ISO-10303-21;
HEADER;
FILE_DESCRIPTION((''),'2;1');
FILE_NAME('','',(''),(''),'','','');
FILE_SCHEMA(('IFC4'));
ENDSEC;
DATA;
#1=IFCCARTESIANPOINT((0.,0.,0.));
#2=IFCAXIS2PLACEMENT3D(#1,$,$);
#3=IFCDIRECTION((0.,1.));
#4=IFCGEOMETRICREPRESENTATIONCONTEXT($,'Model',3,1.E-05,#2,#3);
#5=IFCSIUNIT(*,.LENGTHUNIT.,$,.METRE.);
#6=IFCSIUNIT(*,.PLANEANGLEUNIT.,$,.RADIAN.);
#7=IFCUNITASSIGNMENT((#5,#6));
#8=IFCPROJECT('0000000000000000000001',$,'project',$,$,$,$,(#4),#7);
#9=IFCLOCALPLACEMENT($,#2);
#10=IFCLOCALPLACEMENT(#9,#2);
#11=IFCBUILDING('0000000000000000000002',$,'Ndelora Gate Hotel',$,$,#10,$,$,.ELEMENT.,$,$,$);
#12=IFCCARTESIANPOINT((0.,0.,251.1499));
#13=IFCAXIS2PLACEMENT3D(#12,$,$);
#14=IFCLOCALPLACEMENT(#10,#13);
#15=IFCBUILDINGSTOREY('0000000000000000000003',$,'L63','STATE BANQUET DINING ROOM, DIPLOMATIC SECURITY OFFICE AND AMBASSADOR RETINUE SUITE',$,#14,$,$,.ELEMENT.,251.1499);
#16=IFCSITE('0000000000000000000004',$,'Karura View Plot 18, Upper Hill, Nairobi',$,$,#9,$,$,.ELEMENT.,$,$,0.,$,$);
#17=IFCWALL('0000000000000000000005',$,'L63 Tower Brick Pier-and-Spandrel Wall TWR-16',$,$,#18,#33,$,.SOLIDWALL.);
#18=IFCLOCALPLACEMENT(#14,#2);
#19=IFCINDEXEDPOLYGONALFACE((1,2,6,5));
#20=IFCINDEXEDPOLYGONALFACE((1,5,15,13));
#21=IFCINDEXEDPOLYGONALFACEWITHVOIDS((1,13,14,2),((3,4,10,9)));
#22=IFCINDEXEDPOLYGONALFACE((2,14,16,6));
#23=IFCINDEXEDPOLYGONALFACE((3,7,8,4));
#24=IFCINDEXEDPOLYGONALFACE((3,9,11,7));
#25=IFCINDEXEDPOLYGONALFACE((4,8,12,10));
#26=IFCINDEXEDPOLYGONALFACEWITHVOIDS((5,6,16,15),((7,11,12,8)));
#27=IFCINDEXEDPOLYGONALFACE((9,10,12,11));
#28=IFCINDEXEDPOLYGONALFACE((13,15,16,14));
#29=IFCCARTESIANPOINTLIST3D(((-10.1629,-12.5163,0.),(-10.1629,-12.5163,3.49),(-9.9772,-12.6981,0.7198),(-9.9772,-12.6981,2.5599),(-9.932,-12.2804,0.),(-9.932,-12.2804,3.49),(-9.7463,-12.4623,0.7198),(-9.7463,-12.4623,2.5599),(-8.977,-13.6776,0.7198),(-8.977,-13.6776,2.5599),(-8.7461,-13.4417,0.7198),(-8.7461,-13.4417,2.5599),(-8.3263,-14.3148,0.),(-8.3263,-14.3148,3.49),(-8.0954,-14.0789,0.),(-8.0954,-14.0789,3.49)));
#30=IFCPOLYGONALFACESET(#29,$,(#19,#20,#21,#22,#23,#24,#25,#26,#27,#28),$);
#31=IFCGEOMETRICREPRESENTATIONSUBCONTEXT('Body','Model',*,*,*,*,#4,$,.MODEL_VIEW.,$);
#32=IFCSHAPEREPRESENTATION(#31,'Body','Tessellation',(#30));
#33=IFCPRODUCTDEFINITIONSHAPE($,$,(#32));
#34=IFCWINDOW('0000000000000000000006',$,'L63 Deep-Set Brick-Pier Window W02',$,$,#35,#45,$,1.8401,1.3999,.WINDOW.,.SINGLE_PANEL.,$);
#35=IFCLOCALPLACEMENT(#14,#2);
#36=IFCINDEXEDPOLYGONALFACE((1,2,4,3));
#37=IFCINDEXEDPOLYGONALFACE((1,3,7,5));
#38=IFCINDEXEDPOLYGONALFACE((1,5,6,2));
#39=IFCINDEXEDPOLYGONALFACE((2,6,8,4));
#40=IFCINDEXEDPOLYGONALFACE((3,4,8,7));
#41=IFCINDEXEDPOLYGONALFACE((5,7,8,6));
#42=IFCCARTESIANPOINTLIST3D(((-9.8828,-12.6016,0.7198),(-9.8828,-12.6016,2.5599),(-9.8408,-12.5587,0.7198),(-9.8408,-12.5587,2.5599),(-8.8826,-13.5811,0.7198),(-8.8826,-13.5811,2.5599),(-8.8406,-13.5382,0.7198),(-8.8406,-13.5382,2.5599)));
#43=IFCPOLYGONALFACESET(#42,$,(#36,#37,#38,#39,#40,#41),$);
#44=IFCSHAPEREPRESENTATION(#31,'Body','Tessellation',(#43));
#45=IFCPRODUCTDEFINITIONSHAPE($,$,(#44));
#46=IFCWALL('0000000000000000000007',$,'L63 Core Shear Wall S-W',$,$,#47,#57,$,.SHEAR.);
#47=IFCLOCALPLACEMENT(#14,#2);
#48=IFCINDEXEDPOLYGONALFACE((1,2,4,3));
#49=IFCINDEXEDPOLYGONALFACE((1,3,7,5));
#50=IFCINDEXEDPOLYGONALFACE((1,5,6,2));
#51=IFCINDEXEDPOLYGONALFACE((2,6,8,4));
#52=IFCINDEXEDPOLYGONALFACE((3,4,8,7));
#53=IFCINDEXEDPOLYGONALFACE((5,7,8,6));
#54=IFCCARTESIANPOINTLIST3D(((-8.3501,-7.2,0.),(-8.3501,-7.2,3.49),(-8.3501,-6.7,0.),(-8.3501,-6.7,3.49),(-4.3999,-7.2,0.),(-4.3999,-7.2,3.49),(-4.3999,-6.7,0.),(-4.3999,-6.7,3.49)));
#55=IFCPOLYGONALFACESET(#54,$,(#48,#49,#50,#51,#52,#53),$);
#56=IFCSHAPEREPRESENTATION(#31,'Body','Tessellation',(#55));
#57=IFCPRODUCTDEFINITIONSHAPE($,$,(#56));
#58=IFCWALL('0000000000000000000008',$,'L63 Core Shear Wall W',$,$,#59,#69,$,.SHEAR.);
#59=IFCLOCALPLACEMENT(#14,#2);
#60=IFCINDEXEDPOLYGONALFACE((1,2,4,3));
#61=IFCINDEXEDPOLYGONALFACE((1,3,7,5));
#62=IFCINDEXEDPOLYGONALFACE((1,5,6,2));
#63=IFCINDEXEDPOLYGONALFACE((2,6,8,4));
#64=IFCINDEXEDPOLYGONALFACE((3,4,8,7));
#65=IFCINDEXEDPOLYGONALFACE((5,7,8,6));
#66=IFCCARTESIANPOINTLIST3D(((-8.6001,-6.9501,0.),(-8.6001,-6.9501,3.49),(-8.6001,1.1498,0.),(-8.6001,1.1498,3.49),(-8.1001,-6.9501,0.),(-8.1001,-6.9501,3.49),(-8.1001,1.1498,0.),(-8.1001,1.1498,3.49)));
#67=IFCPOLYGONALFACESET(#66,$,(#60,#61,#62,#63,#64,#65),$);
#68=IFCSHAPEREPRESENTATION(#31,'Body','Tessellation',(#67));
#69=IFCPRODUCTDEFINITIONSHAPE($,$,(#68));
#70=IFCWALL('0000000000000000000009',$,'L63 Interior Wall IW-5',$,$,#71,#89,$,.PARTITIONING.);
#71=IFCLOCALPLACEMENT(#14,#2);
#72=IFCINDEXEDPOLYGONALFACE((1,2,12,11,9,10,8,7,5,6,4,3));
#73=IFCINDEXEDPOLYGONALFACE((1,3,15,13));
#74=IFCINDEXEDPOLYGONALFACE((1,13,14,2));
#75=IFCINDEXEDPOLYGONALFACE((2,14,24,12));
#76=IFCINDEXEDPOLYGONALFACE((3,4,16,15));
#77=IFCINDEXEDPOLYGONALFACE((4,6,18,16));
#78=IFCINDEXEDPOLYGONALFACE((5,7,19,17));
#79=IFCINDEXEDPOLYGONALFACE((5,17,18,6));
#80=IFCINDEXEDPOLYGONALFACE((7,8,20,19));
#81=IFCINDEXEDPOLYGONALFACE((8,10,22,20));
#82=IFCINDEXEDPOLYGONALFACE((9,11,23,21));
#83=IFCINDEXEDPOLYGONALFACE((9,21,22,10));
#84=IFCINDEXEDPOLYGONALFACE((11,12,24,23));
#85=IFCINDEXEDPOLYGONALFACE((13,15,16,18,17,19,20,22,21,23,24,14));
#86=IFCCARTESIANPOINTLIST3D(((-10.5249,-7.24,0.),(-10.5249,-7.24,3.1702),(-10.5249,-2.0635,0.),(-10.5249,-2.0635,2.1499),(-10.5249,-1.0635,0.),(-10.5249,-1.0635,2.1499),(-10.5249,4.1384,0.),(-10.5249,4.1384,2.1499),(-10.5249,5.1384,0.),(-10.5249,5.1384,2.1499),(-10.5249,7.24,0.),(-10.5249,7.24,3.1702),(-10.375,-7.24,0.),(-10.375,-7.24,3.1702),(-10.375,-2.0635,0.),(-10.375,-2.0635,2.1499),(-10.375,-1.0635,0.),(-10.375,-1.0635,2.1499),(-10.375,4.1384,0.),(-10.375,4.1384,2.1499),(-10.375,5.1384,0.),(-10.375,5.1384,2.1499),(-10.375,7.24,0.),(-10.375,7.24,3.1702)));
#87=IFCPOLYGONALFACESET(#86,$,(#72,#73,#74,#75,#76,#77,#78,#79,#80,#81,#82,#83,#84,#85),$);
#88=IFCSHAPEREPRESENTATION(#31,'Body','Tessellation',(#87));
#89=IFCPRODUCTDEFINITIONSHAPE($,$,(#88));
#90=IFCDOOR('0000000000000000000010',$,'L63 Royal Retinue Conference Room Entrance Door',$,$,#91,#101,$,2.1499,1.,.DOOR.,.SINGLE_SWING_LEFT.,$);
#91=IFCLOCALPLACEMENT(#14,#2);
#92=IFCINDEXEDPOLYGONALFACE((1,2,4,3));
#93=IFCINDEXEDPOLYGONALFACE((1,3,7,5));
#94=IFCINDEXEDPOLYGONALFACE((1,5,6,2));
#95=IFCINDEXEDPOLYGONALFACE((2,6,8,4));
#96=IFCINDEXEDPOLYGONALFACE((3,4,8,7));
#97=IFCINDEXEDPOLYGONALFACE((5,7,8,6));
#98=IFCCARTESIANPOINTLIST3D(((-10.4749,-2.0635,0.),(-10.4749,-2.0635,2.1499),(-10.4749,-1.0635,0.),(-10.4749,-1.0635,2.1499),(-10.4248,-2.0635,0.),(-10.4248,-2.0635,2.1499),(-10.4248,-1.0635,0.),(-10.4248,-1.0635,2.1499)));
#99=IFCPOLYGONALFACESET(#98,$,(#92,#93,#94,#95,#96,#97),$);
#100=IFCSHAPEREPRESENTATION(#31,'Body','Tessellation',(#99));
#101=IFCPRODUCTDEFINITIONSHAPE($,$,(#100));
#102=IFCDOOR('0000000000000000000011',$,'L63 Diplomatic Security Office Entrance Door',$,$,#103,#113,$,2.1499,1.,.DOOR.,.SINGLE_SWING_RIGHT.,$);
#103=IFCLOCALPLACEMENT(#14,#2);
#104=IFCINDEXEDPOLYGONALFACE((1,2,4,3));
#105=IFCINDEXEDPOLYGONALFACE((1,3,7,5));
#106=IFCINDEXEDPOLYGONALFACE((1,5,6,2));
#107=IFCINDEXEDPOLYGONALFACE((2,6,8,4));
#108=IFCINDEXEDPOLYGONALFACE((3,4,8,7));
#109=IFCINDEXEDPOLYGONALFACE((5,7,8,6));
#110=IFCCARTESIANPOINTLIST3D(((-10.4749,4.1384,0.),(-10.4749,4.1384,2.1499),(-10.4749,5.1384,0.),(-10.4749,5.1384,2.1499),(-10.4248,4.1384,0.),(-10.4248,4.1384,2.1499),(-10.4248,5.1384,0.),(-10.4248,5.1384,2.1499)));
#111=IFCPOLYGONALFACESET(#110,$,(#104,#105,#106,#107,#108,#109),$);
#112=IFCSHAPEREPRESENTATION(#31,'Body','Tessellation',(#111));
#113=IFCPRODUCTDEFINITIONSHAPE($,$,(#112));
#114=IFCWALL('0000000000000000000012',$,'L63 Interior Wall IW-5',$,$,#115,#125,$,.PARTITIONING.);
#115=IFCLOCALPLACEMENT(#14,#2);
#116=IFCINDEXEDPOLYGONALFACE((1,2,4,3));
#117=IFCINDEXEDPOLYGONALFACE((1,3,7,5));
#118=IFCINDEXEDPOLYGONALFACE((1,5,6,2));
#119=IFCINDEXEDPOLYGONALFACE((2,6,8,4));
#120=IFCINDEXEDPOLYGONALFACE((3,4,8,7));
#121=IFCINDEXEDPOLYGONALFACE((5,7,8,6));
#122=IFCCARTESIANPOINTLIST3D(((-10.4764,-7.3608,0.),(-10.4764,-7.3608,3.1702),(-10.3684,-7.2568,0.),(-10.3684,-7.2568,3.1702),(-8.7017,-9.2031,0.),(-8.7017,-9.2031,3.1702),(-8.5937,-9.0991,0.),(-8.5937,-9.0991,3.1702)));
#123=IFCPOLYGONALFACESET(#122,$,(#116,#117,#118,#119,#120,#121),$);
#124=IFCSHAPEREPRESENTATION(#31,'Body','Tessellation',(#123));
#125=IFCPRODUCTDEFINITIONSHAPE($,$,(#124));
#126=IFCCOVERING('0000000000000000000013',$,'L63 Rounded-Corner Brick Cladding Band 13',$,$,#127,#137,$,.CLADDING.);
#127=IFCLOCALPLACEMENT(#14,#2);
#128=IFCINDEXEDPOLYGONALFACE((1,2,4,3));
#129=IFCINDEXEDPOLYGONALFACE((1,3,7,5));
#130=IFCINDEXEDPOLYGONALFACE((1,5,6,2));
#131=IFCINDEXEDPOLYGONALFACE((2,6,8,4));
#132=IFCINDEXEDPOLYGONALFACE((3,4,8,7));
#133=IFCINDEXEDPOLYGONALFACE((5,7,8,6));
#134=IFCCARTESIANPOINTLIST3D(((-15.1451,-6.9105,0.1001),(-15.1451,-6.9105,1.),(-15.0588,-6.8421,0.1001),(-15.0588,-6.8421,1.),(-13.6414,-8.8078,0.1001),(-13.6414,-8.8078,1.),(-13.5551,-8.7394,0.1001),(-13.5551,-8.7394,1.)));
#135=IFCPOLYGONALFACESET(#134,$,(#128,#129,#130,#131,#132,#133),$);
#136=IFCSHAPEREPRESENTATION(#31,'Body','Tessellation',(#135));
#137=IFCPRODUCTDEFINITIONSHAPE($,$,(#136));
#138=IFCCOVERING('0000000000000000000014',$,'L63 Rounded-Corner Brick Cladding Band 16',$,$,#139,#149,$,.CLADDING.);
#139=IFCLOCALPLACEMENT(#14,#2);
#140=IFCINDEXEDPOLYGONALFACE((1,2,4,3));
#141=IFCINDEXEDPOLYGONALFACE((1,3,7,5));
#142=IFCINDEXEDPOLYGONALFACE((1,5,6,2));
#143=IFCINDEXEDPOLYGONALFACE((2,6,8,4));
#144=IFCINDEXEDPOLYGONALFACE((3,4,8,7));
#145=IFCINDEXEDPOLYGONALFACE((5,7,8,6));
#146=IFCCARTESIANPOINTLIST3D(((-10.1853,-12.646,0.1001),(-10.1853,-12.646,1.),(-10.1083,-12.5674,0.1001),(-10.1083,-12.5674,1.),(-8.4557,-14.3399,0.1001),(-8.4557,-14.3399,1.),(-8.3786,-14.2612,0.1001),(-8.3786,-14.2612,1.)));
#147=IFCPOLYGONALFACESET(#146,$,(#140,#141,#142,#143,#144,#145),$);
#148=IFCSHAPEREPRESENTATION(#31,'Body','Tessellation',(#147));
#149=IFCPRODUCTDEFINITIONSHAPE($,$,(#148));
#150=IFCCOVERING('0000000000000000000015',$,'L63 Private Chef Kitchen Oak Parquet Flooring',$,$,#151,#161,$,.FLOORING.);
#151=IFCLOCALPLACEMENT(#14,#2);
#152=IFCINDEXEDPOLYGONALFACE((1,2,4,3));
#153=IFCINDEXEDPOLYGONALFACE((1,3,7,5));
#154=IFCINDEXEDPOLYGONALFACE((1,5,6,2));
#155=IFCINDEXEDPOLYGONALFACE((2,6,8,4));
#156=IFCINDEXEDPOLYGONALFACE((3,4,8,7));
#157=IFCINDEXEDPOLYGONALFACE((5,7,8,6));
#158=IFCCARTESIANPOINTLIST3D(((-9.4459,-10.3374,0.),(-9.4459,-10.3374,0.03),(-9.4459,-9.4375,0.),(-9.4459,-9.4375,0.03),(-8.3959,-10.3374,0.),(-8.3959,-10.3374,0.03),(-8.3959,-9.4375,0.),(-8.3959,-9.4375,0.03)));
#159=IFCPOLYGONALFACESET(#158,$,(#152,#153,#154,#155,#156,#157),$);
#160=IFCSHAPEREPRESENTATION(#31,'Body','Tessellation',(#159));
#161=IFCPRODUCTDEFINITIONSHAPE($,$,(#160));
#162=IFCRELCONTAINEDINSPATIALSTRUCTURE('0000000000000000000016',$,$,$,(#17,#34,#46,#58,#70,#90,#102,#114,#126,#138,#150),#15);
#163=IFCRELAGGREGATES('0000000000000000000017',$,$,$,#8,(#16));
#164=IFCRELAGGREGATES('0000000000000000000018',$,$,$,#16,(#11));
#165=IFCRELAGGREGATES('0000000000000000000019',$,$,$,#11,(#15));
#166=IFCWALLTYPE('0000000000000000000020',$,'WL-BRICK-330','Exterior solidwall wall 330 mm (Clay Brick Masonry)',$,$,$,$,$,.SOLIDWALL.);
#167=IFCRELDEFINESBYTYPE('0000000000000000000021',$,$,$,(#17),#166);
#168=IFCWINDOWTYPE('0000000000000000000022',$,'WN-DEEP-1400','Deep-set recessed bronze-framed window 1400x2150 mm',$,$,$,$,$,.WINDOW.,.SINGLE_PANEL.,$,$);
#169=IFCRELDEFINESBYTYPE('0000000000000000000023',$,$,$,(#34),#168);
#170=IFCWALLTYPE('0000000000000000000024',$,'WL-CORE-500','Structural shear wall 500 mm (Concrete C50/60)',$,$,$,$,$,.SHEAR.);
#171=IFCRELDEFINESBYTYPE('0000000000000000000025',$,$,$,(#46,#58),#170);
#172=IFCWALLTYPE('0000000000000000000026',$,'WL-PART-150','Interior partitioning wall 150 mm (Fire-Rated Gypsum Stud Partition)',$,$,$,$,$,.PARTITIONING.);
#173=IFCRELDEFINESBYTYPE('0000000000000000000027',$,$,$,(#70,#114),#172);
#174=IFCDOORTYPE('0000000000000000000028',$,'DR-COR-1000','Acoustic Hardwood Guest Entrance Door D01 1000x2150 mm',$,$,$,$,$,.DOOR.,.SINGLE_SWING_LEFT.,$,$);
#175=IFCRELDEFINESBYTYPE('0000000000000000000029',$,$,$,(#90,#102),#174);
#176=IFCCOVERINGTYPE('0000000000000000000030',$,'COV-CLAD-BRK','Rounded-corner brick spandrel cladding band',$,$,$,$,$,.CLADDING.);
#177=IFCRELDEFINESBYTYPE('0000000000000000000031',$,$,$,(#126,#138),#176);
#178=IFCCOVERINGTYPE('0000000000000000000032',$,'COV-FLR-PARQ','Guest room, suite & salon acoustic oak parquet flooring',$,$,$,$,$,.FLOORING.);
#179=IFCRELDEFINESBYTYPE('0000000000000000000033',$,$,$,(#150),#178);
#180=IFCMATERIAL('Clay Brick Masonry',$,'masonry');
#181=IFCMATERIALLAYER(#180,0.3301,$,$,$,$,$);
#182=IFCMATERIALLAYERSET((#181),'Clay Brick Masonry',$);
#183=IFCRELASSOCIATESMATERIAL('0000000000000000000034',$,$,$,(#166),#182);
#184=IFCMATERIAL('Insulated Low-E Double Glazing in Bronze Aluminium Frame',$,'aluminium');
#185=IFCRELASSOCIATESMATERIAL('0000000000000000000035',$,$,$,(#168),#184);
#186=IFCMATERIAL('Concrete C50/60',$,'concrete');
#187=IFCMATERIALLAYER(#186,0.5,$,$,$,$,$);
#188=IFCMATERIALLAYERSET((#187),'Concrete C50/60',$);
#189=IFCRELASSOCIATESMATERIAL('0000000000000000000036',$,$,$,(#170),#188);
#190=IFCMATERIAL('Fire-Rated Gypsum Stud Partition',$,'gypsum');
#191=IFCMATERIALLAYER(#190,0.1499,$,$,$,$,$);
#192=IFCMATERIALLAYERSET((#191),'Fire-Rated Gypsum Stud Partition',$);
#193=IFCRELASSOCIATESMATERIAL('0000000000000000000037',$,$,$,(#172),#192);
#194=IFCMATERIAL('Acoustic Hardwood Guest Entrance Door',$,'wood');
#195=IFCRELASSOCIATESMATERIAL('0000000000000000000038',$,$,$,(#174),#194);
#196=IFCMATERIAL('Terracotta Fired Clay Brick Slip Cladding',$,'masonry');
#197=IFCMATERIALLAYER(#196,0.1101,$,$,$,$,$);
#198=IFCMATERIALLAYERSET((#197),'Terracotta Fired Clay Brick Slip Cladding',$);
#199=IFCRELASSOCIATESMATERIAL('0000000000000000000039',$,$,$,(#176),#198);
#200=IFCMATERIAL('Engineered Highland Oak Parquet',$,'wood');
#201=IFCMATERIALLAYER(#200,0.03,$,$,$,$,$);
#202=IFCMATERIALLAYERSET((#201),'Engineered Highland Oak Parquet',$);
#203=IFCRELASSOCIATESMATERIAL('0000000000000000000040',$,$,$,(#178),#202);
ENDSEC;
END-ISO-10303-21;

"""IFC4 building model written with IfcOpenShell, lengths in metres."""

from ifc_helpers import new_model, si_unit, direction, frame, frame_2d, origin, origin_2d, place, context, subcontext, project, spatial, rectangle, extrude, material, layer, layer_set, type_object, element, fill, save


model = new_model("IFC4")

# Units and contexts
model_context = context("Model", 3, precision=1e-05, world=origin(), true_north=direction((0.0, 1.0)))
body_context = subcontext(model_context, "Body", "Model", "MODEL_VIEW")
ifc_project = project(units=[si_unit("LENGTHUNIT", "METRE"), si_unit("PLANEANGLEUNIT", "RADIAN")], contexts=[model_context])

# Site, building, storey
site_placement = place(None, origin())
site = spatial("IfcSite", under=ifc_project, at=site_placement, Name="Karura View Plot 18, Upper Hill, Nairobi", CompositionType="ELEMENT", RefElevation=0.0)
building_placement = place(site_placement, origin())
building = spatial("IfcBuilding", under=site, at=building_placement, Name="Ndelora Gate Hotel", CompositionType="ELEMENT")
storey_placement = place(building_placement, frame((0.0, 0.0, 251.1499)))
storey = spatial("IfcBuildingStorey", under=building, at=storey_placement, Name="L63", Description="STATE BANQUET DINING ROOM, DIPLOMATIC SECURITY OFFICE AND AMBASSADOR RETINUE SUITE", CompositionType="ELEMENT", Elevation=251.1499)

# Shared definitions
ifc_material_1 = material(Name="Concrete C50/60", Category="concrete")

# Shared definitions
ifc_material_2 = material(Name="Clay Brick Masonry", Category="masonry")
ifc_layer_1 = layer(ifc_material_2, 0.3301)
ifc_layer_set_1 = layer_set([ifc_layer_1], Name="Clay Brick Masonry")
wall_type_1 = type_object("IfcWallType", Name="WL-BRICK-330", Description="Exterior solidwall wall 330 mm (Clay Brick Masonry)", PredefinedType="SOLIDWALL", material=ifc_layer_set_1)
ifc_material_3 = material(Name="Insulated Low-E Double Glazing in Bronze Aluminium Frame", Category="aluminium")
window_type = type_object("IfcWindowType", Name="WN-DEEP-1400", Description="Deep-set recessed bronze-framed window 1400x2150 mm", PartitioningType="SINGLE_PANEL", PredefinedType="WINDOW", material=ifc_material_3)

# Wall, opening, window
wall_1_placement = place(storey_placement, frame((-8.2109, -14.1968, 0.0), z_axis=(0.0, 0.0, 1.0), x_axis=(-0.714476, 0.69966, 0.0)))
wall_1 = element("IfcWall", 1, at=wall_1_placement, inside=storey, type_object=wall_type_1, Name="L63 Tower Brick Pier-and-Spandrel Wall TWR-16", PredefinedType="SOLIDWALL", context=body_context, shape_type="SweptSolid", body=[
    extrude(rectangle(XDim=2.5706, YDim=0.3301, at=frame_2d((1.2852, 0.0))), origin(), (0.0, 0.0, 1.0), 3.49),
])
opening_1_placement = place(wall_1_placement, frame((0.9106, 0.0, 0.72)))
opening_1 = element("IfcOpeningElement", 2, at=opening_1_placement, cuts=wall_1, PredefinedType="OPENING", context=body_context, shape_type="SweptSolid", body=[
    extrude(rectangle(XDim=1.3999, YDim=1.8401, at=frame_2d((0.7, 0.9199))), frame((0.0, 0.175, 0.0), z_axis=(0.0, -1.0, 0.0), x_axis=(1.0, 0.0, 0.0)), (0.0, 0.0, 1.0), 0.3501),
])
window_1_placement = place(opening_1_placement, origin())
window_1 = element("IfcWindow", 3, at=window_1_placement, inside=storey, type_object=window_type, Name="L63 Deep-Set Brick-Pier Window W02", OverallHeight=1.8401, OverallWidth=1.3999, PartitioningType="SINGLE_PANEL", PredefinedType="WINDOW", context=body_context, shape_type="SweptSolid", body=[
    extrude(rectangle(XDim=1.3999, YDim=1.8401, at=frame_2d((0.7, 0.9199))), frame((0.0, 0.03, 0.0), z_axis=(0.0, -1.0, 0.0), x_axis=(1.0, 0.0, 0.0)), (0.0, 0.0, 1.0), 0.0601),
])
fill(opening_1, window_1)

# Walls
ifc_layer_2 = layer(ifc_material_1, 0.5)
ifc_layer_set_2 = layer_set([ifc_layer_2], Name="Concrete C50/60")
wall_type_2 = type_object("IfcWallType", Name="WL-CORE-500", Description="Structural shear wall 500 mm (Concrete C50/60)", PredefinedType="SHEAR", material=ifc_layer_set_2)
wall_2_placement = place(storey_placement, frame((-8.3501, -6.95, 0.0), z_axis=(0.0, 0.0, 1.0), x_axis=(1.0, 0.0, 0.0)))
element("IfcWall", 4, at=wall_2_placement, inside=storey, type_object=wall_type_2, Name="L63 Core Shear Wall S-W", PredefinedType="SHEAR", context=body_context, shape_type="SweptSolid", body=[
    extrude(rectangle(XDim=3.9502, YDim=0.5, at=frame_2d((1.9751, 0.0))), origin(), (0.0, 0.0, 1.0), 3.49),
])
wall_3_placement = place(storey_placement, frame((-8.3501, -6.95, 0.0), z_axis=(0.0, 0.0, 1.0), x_axis=(0.0, 1.0, 0.0)))
element("IfcWall", 5, at=wall_3_placement, inside=storey, type_object=wall_type_2, Name="L63 Core Shear Wall W", PredefinedType="SHEAR", context=body_context, shape_type="SweptSolid", body=[
    extrude(rectangle(XDim=8.0999, YDim=0.5, at=frame_2d((4.0498, 0.0))), origin(), (0.0, 0.0, 1.0), 3.49),
])

# Wall, openings, doors
ifc_material_4 = material(Name="Fire-Rated Gypsum Stud Partition", Category="gypsum")
ifc_layer_3 = layer(ifc_material_4, 0.1499)
ifc_layer_set_3 = layer_set([ifc_layer_3], Name="Fire-Rated Gypsum Stud Partition")
wall_type_3 = type_object("IfcWallType", Name="WL-PART-150", Description="Interior partitioning wall 150 mm (Fire-Rated Gypsum Stud Partition)", PredefinedType="PARTITIONING", material=ifc_layer_set_3)
wall_4_placement = place(storey_placement, frame((-10.45, -7.24, 0.0), z_axis=(0.0, 0.0, 1.0), x_axis=(0.0, 1.0, 0.0)))
wall_4 = element("IfcWall", 6, at=wall_4_placement, inside=storey, type_object=wall_type_3, Name="L63 Interior Wall IW-5", PredefinedType="PARTITIONING", context=body_context, shape_type="SweptSolid", body=[
    extrude(rectangle(XDim=14.48, YDim=0.1499, at=frame_2d((7.24, 0.0))), origin(), (0.0, 0.0, 1.0), 3.1702),
])
opening_2_placement = place(wall_4_placement, frame((5.1765, 0.0, 0.0)))
opening_2 = element("IfcOpeningElement", 7, at=opening_2_placement, cuts=wall_4, PredefinedType="OPENING", context=body_context, shape_type="SweptSolid", body=[
    extrude(rectangle(XDim=1.0, YDim=2.1499, at=frame_2d((0.5, 1.075))), frame((0.0, 0.085, 0.0), z_axis=(0.0, -1.0, 0.0), x_axis=(1.0, 0.0, 0.0)), (0.0, 0.0, 1.0), 0.1699),
])
opening_3_placement = place(wall_4_placement, frame((11.3784, 0.0, 0.0)))
opening_3 = element("IfcOpeningElement", 8, at=opening_3_placement, cuts=wall_4, PredefinedType="OPENING", context=body_context, shape_type="SweptSolid", body=[
    extrude(rectangle(XDim=1.0, YDim=2.1499, at=frame_2d((0.5, 1.075))), frame((0.0, 0.085, 0.0), z_axis=(0.0, -1.0, 0.0), x_axis=(1.0, 0.0, 0.0)), (0.0, 0.0, 1.0), 0.1699),
])
ifc_material_5 = material(Name="Acoustic Hardwood Guest Entrance Door", Category="wood")
door_type = type_object("IfcDoorType", Name="DR-COR-1000", Description="Acoustic Hardwood Guest Entrance Door D01 1000x2150 mm", OperationType="SINGLE_SWING_LEFT", PredefinedType="DOOR", material=ifc_material_5)
door_1_placement = place(opening_2_placement, origin())
door_1 = element("IfcDoor", 9, at=door_1_placement, inside=storey, type_object=door_type, Name="L63 Royal Retinue Conference Room Entrance Door", OperationType="SINGLE_SWING_LEFT", OverallHeight=2.1499, OverallWidth=1.0, PredefinedType="DOOR", context=body_context, shape_type="SweptSolid", body=[
    extrude(rectangle(XDim=1.0, YDim=2.1499, at=frame_2d((0.5, 1.075))), frame((0.0, 0.0249, 0.0), z_axis=(0.0, -1.0, 0.0), x_axis=(1.0, 0.0, 0.0)), (0.0, 0.0, 1.0), 0.05),
])
fill(opening_2, door_1)
door_2_placement = place(opening_3_placement, origin())
door_2 = element("IfcDoor", 10, at=door_2_placement, inside=storey, type_object=door_type, Name="L63 Diplomatic Security Office Entrance Door", OperationType="SINGLE_SWING_RIGHT", OverallHeight=2.1499, OverallWidth=1.0, PredefinedType="DOOR", context=body_context, shape_type="SweptSolid", body=[
    extrude(rectangle(XDim=1.0, YDim=2.1499, at=frame_2d((0.5, 1.075))), frame((0.0, 0.0249, 0.0), z_axis=(0.0, -1.0, 0.0), x_axis=(1.0, 0.0, 0.0)), (0.0, 0.0, 1.0), 0.05),
])
fill(opening_3, door_2)

# Wall
wall_5_placement = place(storey_placement, frame((-8.6477, -9.1511, 0.0), z_axis=(0.0, 0.0, 1.0), x_axis=(-0.693765, 0.720202, 0.0)))
element("IfcWall", 11, at=wall_5_placement, inside=storey, type_object=wall_type_3, Name="L63 Interior Wall IW-5", PredefinedType="PARTITIONING", context=body_context, shape_type="SweptSolid", body=[
    extrude(rectangle(XDim=2.5581, YDim=0.1499, at=frame_2d((1.2791, 0.0))), origin(), (0.0, 0.0, 1.0), 3.1702),
])

# Coverings
ifc_material_6 = material(Name="Terracotta Fired Clay Brick Slip Cladding", Category="masonry")
ifc_layer_4 = layer(ifc_material_6, 0.1101)
ifc_layer_set_4 = layer_set([ifc_layer_4], Name="Terracotta Fired Clay Brick Slip Cladding")
covering_type_1 = type_object("IfcCoveringType", Name="COV-CLAD-BRK", Description="Rounded-corner brick spandrel cladding band", PredefinedType="CLADDING", material=ifc_layer_set_4)
for number, where, z_axis, x_axis, name in (
    (12, (-14.3501, -7.825, 0.1001), (0.0, 0.0, 1.0), (-0.621148, 0.783693, 0.0), "L63 Rounded-Corner Brick Cladding Band 13"),
    (13, (-9.282, -13.4536, 0.1001), (0.0, 0.0, 1.0), (-0.714473, 0.699663, 0.0), "L63 Rounded-Corner Brick Cladding Band 16"),
):
    element("IfcCovering", number, at=place(storey_placement, frame(where, z_axis=z_axis, x_axis=x_axis)), inside=storey, type_object=covering_type_1, Name=name, PredefinedType="CLADDING", context=body_context, shape_type="SweptSolid", body=[
        extrude(rectangle(XDim=2.4209, YDim=0.1101, at=origin_2d()), origin(), (0.0, 0.0, 1.0), 0.8999),
    ])
ifc_material_7 = material(Name="Engineered Highland Oak Parquet", Category="wood")
ifc_layer_5 = layer(ifc_material_7, 0.03)
ifc_layer_set_5 = layer_set([ifc_layer_5], Name="Engineered Highland Oak Parquet")
covering_type_2 = type_object("IfcCoveringType", Name="COV-FLR-PARQ", Description="Guest room, suite & salon acoustic oak parquet flooring", PredefinedType="FLOORING", material=ifc_layer_set_5)
covering_placement = place(storey_placement, frame((-8.9209, -9.8875, 0.0), z_axis=(0.0, 0.0, 1.0), x_axis=(1.0, 0.0, 0.0)))
element("IfcCovering", 14, at=covering_placement, inside=storey, type_object=covering_type_2, Name="L63 Private Chef Kitchen Oak Parquet Flooring", PredefinedType="FLOORING", context=body_context, shape_type="SweptSolid", body=[
    extrude(rectangle(XDim=1.05, YDim=0.8999, at=origin_2d()), origin(), (0.0, 0.0, 1.0), 0.03),
])

save(model, "model.ifc")
